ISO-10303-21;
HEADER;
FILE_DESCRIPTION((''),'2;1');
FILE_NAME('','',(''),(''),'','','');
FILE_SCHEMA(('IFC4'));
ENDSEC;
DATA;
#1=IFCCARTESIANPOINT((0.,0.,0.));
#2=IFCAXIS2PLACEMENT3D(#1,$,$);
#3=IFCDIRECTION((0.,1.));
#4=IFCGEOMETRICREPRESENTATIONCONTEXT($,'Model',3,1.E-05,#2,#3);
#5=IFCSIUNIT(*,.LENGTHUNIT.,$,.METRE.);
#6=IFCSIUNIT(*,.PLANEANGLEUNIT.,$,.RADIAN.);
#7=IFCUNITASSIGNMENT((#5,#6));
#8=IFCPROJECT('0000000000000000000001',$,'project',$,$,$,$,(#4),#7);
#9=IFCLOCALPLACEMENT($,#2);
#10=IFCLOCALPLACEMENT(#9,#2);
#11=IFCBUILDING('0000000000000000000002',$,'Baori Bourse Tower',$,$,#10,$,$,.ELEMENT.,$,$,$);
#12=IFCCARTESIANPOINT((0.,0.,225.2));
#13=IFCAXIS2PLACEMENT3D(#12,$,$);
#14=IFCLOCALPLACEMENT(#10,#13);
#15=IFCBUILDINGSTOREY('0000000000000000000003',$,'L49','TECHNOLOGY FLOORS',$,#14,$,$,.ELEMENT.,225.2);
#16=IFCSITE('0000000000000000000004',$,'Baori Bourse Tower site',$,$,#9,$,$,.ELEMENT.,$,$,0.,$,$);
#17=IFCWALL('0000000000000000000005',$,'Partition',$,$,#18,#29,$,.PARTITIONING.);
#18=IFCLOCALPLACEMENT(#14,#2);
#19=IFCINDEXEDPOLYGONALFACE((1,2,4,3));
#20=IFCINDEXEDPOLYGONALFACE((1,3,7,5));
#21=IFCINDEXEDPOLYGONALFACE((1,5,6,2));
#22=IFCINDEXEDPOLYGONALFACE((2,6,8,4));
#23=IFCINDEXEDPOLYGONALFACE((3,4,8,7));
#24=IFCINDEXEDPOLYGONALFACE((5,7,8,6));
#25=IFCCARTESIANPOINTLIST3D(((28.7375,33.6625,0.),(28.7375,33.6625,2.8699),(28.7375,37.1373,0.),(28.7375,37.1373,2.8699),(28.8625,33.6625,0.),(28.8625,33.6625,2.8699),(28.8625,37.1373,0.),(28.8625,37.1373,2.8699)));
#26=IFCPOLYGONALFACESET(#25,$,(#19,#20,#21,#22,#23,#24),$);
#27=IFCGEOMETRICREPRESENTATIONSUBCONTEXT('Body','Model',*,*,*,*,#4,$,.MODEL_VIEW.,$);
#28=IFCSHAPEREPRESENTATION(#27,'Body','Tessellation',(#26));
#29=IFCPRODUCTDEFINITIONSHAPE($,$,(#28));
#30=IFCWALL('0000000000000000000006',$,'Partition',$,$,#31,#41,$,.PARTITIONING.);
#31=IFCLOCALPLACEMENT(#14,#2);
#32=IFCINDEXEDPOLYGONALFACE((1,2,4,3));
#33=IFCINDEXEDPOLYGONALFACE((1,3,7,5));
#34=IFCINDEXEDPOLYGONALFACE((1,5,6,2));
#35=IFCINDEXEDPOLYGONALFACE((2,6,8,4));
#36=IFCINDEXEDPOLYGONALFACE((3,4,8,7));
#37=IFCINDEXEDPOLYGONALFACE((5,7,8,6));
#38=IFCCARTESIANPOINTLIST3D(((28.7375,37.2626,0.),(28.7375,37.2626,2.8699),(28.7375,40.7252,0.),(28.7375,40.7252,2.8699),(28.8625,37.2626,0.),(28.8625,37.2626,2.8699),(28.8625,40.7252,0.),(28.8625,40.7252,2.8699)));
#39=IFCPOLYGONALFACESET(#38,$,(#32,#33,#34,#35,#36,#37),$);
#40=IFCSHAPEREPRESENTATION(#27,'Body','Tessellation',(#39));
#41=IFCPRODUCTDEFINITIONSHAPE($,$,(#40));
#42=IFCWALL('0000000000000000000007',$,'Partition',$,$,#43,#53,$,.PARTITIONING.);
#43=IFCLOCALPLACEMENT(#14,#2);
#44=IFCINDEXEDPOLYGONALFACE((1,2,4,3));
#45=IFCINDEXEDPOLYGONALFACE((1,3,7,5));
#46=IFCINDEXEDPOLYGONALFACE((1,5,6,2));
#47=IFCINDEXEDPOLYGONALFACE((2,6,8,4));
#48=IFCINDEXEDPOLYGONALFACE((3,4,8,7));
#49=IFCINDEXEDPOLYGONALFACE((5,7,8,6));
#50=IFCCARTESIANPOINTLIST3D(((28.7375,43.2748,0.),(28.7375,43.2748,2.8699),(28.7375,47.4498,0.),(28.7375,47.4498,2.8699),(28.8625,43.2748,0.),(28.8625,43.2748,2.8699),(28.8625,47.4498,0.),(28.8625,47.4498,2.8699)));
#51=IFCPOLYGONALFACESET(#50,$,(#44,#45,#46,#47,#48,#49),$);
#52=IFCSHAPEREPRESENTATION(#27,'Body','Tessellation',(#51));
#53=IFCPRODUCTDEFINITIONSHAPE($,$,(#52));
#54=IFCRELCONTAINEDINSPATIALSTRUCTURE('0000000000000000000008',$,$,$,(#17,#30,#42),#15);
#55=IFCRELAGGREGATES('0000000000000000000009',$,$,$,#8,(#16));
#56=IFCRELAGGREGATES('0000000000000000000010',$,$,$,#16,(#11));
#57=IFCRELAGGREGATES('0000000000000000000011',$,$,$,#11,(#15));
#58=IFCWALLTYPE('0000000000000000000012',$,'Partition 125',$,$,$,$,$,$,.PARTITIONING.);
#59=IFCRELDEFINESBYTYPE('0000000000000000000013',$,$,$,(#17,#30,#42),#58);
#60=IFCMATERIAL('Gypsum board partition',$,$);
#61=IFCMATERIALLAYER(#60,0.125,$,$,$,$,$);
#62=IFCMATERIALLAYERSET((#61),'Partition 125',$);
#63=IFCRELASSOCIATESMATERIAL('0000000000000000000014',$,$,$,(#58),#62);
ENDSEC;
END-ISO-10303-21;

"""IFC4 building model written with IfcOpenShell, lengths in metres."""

from ifc_helpers import new_model, si_unit, direction, frame, frame_2d, origin, place, context, subcontext, project, spatial, rectangle, extrude, material, layer, layer_set, type_object, element, save


model = new_model("IFC4")

# Units and contexts
model_context = context("Model", 3, precision=1e-05, world=origin(), true_north=direction((0.0, 1.0)))
body_context = subcontext(model_context, "Body", "Model", "MODEL_VIEW")
ifc_project = project(units=[si_unit("LENGTHUNIT", "METRE"), si_unit("PLANEANGLEUNIT", "RADIAN")], contexts=[model_context])

# Site, building, storey
site_placement = place(None, origin())
site = spatial("IfcSite", under=ifc_project, at=site_placement, Name="Baori Bourse Tower site", CompositionType="ELEMENT", RefElevation=0.0)
building_placement = place(site_placement, origin())
building = spatial("IfcBuilding", under=site, at=building_placement, Name="Baori Bourse Tower", CompositionType="ELEMENT")
storey_placement = place(building_placement, frame((0.0, 0.0, 225.2)))
storey = spatial("IfcBuildingStorey", under=building, at=storey_placement, Name="L49", Description="TECHNOLOGY FLOORS", CompositionType="ELEMENT", Elevation=225.2)

# Walls
ifc_material_1 = material(Name="Gypsum board partition")
ifc_layer_1 = layer(ifc_material_1, 0.125)
ifc_layer_set_1 = layer_set([ifc_layer_1], Name="Partition 125")
wall_type_1 = type_object("IfcWallType", Name="Partition 125", PredefinedType="PARTITIONING", material=ifc_layer_set_1)
wall_1_placement = place(storey_placement, frame((28.8, 33.6626, 0.0), z_axis=(0.0, 0.0, 1.0), x_axis=(0.0, 1.0, 0.0)))
element("IfcWall", 1, at=wall_1_placement, inside=storey, type_object=wall_type_1, Name="Partition", PredefinedType="PARTITIONING", context=body_context, shape_type="SweptSolid", body=[
    extrude(rectangle(XDim=3.4749, YDim=0.125, at=frame_2d((1.7373, 0.0))), origin(), (0.0, 0.0, 1.0), 2.8699),
])
wall_2_placement = place(storey_placement, frame((28.8, 37.2625, 0.0), z_axis=(0.0, 0.0, 1.0), x_axis=(0.0, 1.0, 0.0)))
element("IfcWall", 2, at=wall_2_placement, inside=storey, type_object=wall_type_1, Name="Partition", PredefinedType="PARTITIONING", context=body_context, shape_type="SweptSolid", body=[
    extrude(rectangle(XDim=3.4626, YDim=0.125, at=frame_2d((1.7314, 0.0))), origin(), (0.0, 0.0, 1.0), 2.8699),
])
wall_3_placement = place(storey_placement, frame((28.8, 43.2749, 0.0), z_axis=(0.0, 0.0, 1.0), x_axis=(0.0, 1.0, 0.0)))
element("IfcWall", 3, at=wall_3_placement, inside=storey, type_object=wall_type_1, Name="Partition", PredefinedType="PARTITIONING", context=body_context, shape_type="SweptSolid", body=[
    extrude(rectangle(XDim=4.175, YDim=0.125, at=frame_2d((2.0874, 0.0))), origin(), (0.0, 0.0, 1.0), 2.8699),
])

save(model, "model.ifc")
